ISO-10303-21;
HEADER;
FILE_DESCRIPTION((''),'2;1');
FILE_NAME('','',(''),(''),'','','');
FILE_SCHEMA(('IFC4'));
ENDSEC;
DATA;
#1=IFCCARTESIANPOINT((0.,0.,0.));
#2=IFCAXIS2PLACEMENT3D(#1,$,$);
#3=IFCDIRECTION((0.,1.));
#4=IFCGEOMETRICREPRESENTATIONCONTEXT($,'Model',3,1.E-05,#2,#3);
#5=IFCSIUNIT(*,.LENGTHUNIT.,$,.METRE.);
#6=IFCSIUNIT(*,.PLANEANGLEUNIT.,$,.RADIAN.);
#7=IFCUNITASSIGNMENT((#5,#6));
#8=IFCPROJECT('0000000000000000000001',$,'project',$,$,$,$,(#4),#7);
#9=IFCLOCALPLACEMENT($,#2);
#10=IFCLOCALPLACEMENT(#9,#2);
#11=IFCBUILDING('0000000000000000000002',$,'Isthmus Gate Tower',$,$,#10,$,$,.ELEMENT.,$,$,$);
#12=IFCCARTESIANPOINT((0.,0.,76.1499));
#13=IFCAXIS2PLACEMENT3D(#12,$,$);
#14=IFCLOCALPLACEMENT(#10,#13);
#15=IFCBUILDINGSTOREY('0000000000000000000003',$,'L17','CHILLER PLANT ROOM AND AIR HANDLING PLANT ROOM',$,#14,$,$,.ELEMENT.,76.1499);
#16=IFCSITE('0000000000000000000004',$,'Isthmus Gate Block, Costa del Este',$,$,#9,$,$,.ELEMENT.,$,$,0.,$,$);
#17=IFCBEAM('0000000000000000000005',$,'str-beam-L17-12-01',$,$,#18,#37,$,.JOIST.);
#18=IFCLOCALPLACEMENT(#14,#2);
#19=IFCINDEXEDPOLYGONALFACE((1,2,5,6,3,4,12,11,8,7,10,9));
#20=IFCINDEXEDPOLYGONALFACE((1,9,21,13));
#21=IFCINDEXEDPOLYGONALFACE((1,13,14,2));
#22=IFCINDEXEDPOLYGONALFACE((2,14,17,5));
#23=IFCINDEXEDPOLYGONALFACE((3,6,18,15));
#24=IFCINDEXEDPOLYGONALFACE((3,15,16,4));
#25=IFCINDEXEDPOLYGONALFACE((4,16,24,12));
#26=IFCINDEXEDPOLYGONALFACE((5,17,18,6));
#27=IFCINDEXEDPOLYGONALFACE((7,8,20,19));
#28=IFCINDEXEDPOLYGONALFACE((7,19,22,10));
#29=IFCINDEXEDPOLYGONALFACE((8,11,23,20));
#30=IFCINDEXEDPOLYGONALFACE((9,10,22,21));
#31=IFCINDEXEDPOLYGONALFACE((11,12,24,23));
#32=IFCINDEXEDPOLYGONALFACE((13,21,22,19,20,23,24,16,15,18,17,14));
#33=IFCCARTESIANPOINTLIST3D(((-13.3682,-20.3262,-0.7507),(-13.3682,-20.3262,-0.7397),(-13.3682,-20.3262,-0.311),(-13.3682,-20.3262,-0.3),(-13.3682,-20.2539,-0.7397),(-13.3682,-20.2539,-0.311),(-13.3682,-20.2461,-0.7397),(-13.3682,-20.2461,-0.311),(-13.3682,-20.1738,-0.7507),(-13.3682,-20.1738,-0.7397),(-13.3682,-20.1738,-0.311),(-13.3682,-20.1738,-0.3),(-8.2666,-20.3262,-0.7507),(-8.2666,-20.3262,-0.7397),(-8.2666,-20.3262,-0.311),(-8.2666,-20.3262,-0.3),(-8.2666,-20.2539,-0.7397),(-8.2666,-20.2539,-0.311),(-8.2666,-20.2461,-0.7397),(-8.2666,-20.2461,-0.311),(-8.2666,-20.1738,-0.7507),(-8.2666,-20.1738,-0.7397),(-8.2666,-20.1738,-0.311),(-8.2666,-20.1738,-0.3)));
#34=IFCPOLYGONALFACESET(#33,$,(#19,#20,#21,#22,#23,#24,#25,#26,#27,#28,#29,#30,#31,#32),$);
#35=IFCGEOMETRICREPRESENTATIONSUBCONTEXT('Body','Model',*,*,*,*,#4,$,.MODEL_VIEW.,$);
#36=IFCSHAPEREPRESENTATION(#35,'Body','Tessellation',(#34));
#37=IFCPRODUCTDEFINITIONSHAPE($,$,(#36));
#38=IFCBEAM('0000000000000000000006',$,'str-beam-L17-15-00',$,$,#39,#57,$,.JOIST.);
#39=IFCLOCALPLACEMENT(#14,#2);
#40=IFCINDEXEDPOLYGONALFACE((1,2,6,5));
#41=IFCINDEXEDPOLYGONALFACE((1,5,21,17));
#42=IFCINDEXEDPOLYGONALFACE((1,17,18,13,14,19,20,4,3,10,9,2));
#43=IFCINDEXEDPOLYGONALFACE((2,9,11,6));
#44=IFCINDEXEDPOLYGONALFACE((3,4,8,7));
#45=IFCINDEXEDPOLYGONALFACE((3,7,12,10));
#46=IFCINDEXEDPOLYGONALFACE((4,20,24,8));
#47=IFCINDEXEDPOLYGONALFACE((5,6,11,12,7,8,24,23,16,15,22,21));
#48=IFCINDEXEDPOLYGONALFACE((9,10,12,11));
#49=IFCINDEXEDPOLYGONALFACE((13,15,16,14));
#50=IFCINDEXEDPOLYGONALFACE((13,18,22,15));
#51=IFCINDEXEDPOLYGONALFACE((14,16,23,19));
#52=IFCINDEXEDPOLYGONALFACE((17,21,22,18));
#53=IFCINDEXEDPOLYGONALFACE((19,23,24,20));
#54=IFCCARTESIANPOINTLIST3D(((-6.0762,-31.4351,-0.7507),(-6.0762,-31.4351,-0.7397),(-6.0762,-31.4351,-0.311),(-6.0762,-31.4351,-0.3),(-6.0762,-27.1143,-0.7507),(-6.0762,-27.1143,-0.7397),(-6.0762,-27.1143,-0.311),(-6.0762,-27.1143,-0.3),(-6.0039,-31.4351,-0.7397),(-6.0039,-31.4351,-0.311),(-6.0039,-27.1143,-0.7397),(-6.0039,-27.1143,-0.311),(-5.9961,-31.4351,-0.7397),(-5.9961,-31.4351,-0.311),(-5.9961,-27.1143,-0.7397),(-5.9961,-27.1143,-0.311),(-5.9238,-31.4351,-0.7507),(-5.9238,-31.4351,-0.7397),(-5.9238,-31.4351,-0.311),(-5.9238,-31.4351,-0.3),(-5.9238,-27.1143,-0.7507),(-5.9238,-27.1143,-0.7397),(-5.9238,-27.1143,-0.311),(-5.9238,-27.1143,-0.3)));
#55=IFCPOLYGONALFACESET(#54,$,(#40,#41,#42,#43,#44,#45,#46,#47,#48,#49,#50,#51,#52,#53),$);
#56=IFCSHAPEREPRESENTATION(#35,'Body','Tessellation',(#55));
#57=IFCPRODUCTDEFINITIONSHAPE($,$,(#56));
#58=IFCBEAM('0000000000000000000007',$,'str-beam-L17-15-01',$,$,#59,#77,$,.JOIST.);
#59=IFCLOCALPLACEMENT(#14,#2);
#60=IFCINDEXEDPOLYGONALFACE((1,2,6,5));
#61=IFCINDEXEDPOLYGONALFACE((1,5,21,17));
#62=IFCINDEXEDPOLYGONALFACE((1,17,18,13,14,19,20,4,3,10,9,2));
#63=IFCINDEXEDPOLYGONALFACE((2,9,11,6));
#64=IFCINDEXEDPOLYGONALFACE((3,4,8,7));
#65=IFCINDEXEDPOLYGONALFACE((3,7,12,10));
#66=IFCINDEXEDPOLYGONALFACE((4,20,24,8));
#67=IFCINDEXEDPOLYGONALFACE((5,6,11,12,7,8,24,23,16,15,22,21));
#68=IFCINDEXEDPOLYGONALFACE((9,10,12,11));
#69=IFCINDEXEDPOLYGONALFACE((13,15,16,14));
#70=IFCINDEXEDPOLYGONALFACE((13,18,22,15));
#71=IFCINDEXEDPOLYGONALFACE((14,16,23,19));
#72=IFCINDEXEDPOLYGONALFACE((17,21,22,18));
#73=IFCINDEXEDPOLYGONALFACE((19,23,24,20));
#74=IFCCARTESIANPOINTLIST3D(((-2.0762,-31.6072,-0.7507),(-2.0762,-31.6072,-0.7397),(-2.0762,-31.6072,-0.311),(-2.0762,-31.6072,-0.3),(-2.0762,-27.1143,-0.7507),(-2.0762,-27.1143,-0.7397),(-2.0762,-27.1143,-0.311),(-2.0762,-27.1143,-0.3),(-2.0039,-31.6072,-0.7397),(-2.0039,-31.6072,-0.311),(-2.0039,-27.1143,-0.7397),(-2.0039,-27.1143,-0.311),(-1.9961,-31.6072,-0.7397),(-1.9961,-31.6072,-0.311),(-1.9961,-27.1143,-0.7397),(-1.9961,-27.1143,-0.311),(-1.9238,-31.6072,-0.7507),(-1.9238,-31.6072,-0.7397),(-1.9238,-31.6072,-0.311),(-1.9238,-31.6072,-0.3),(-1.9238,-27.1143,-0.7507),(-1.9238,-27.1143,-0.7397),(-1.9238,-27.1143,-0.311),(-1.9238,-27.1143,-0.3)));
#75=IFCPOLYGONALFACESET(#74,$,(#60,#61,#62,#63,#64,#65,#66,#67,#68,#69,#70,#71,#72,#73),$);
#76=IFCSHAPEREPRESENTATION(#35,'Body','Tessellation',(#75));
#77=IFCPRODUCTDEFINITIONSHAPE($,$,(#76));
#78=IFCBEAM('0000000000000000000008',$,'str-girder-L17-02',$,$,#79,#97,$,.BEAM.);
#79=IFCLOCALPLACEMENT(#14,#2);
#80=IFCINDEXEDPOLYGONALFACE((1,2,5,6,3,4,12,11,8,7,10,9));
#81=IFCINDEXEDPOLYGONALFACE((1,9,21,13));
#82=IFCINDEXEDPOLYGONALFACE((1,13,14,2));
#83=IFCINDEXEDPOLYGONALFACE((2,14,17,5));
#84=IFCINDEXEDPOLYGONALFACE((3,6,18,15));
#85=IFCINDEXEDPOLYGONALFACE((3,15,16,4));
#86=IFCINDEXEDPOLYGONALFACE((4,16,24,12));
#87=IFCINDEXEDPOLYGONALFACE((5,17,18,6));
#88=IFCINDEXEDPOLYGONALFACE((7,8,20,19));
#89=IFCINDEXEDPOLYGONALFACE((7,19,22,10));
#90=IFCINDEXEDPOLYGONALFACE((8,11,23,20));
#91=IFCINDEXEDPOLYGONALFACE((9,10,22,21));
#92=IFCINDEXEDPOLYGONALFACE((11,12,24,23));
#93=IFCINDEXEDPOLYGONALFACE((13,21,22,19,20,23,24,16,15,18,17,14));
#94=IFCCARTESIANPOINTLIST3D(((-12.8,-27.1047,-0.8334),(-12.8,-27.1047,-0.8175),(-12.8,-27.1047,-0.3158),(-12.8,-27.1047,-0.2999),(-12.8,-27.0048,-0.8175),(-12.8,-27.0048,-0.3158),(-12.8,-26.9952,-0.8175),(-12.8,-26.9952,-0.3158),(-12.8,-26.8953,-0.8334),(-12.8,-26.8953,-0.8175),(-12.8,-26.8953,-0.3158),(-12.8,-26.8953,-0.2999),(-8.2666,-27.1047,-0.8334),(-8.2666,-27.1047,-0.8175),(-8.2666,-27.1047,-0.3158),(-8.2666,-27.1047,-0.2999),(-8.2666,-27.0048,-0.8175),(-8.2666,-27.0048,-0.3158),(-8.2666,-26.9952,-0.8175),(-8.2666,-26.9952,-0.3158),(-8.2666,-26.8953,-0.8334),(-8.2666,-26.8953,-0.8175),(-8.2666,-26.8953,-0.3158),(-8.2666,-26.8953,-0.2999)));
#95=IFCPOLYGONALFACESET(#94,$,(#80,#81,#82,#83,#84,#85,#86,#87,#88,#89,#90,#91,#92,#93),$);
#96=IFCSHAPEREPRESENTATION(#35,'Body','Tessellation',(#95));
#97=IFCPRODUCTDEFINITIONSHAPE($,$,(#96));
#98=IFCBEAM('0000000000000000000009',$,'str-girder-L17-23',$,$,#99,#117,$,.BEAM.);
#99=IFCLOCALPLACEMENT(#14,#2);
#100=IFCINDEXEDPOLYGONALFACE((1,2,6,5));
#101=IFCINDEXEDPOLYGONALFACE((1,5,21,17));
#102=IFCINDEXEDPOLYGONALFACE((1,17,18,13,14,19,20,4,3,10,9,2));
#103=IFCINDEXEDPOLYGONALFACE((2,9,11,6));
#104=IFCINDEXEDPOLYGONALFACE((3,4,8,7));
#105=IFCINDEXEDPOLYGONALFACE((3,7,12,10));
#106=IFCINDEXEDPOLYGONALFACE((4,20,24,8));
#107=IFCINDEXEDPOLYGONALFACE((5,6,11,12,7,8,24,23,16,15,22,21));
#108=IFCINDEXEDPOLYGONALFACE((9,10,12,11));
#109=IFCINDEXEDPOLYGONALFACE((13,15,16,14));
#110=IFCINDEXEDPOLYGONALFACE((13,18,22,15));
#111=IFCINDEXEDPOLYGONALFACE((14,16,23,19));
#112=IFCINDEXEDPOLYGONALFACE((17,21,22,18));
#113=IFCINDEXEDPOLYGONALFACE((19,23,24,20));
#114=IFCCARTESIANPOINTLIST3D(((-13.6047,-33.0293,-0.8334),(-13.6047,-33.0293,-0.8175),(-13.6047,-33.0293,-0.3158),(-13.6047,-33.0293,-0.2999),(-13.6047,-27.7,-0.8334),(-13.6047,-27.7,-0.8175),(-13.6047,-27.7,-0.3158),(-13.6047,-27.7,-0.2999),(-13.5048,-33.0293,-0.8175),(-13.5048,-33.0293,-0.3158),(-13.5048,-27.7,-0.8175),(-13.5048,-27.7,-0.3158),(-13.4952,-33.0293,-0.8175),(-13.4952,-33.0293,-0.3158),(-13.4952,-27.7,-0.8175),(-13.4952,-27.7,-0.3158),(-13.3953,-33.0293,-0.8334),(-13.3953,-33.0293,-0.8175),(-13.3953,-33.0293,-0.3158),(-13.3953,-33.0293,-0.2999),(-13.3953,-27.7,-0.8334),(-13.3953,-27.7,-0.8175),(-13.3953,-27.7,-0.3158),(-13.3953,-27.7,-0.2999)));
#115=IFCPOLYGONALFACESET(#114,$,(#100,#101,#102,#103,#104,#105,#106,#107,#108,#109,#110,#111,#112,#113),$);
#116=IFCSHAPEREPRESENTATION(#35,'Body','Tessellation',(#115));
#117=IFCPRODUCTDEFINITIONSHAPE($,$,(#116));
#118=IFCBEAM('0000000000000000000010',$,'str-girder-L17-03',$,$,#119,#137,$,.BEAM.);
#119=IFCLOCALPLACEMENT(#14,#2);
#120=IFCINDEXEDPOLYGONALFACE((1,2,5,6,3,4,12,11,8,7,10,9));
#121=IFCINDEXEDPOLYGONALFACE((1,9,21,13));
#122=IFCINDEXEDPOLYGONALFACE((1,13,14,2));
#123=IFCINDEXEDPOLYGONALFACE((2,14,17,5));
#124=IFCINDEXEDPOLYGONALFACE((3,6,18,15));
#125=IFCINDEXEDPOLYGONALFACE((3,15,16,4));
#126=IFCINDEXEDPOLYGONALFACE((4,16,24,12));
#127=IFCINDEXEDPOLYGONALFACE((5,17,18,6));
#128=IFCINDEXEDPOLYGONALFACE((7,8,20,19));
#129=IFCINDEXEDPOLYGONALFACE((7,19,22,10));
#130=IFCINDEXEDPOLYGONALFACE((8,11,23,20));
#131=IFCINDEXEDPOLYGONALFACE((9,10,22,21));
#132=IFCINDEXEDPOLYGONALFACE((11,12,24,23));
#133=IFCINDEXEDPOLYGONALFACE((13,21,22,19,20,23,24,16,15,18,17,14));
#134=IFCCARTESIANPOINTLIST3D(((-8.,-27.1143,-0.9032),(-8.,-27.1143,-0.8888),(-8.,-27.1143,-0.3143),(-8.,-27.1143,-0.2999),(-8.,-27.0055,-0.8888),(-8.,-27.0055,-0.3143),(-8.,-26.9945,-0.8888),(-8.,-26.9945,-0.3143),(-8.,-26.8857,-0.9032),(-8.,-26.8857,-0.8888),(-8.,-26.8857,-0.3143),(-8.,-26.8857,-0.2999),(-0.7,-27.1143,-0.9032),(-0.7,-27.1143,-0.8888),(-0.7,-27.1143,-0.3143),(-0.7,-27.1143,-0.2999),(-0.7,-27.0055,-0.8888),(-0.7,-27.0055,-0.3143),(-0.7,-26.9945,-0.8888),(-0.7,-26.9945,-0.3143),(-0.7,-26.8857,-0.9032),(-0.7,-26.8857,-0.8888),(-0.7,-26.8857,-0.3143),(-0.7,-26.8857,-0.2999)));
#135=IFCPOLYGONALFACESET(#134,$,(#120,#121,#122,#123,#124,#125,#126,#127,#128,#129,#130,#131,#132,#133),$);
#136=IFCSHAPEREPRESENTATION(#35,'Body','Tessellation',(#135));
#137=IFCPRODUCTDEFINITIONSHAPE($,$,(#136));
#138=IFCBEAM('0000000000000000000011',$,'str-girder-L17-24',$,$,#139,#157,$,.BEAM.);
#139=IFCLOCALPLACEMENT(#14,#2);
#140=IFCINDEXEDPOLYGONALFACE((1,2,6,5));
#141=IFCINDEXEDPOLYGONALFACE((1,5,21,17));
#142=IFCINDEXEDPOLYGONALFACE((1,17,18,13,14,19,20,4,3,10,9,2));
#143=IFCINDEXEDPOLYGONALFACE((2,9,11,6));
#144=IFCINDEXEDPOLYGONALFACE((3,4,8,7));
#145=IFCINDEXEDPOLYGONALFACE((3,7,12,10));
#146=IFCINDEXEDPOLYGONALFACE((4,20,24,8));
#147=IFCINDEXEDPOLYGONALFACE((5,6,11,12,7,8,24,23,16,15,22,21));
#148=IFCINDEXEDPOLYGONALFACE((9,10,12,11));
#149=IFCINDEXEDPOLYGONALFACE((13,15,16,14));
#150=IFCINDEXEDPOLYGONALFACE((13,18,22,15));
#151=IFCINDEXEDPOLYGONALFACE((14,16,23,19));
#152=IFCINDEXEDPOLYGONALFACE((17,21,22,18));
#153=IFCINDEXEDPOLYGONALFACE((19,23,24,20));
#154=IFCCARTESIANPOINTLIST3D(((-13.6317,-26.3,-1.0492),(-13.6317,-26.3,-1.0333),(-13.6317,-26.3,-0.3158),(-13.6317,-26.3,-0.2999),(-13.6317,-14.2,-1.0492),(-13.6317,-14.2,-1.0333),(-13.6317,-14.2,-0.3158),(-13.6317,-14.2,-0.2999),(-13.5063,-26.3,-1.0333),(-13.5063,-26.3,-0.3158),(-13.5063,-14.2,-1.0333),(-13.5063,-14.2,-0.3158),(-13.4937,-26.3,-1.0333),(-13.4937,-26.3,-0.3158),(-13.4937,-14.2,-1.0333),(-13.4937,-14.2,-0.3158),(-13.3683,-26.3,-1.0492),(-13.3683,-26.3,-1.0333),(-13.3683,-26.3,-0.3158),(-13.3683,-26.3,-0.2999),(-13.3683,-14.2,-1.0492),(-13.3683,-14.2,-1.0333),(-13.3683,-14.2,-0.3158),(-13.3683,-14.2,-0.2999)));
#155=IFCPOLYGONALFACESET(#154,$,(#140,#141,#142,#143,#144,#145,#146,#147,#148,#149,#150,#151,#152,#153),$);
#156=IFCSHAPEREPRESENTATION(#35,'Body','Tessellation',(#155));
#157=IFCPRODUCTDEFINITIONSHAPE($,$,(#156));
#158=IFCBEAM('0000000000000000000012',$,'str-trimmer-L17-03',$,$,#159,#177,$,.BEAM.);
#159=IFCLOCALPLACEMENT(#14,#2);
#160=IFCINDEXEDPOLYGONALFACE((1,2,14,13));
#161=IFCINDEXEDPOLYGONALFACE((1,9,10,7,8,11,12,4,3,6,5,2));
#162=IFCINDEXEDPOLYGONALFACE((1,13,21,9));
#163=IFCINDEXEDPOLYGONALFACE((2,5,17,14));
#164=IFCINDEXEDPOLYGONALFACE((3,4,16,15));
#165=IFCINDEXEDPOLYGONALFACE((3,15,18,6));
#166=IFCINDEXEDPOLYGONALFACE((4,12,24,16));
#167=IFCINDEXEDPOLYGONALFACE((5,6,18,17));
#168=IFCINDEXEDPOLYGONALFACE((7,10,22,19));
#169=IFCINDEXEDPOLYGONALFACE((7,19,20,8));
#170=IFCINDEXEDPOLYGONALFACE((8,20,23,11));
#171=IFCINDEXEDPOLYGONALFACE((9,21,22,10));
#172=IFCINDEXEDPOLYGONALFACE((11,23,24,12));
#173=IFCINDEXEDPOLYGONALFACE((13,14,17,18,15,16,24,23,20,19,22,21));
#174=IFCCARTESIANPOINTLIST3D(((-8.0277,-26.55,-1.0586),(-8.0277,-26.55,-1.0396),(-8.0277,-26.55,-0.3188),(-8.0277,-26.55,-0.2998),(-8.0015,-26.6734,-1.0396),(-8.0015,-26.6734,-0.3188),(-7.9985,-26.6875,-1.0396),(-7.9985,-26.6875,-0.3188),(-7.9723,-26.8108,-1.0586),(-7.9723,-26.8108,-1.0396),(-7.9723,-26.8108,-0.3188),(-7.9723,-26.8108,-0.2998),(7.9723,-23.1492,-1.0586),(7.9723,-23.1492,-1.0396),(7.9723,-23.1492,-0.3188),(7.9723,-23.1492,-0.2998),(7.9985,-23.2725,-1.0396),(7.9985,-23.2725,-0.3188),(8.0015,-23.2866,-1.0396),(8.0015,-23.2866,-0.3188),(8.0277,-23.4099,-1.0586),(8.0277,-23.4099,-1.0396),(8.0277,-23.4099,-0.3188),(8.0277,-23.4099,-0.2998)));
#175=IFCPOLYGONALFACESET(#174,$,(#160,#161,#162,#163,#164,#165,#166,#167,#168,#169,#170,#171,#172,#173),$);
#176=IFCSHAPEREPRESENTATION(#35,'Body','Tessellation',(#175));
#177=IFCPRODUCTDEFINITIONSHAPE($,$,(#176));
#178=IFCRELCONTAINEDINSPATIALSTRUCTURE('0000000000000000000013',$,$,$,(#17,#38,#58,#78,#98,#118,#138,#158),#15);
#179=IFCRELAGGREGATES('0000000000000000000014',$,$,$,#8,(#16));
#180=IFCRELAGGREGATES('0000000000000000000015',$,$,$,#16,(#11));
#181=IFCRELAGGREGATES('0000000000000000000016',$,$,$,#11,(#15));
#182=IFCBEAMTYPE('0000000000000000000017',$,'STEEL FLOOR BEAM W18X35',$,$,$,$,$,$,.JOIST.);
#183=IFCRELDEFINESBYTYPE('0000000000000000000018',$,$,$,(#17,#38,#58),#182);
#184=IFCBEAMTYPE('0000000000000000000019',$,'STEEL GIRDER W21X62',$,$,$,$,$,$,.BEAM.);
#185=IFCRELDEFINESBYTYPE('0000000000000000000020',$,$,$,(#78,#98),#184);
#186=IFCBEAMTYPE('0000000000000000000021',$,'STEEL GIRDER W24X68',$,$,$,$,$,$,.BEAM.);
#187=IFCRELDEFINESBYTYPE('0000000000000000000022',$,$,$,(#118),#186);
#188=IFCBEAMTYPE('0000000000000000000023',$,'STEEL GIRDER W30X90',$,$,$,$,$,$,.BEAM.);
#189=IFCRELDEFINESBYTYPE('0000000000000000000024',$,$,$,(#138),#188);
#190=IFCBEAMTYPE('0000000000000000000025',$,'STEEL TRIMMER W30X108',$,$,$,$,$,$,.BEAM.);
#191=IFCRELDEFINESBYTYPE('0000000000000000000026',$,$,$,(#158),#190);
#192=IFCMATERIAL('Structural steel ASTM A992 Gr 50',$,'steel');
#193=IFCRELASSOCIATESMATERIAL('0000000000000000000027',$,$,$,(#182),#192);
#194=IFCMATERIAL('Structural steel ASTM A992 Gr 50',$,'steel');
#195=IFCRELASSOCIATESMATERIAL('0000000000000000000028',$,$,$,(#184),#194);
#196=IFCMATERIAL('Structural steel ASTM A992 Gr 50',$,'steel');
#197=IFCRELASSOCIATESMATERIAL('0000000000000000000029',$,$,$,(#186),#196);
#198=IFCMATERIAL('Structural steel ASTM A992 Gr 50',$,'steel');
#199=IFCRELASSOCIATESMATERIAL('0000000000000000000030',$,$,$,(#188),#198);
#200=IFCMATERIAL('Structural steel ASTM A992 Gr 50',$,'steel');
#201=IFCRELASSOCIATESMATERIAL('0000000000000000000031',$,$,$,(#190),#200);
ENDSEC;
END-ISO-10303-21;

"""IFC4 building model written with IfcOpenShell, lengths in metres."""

from ifc_helpers import new_model, si_unit, direction, frame, origin, origin_2d, place, context, subcontext, project, spatial, i_section, extrude, material, material_profile, profile_set, type_object, element, save


model = new_model("IFC4")

# Units and contexts
model_context = context("Model", 3, precision=1e-05, world=origin(), true_north=direction((0.0, 1.0)))
body_context = subcontext(model_context, "Body", "Model", "MODEL_VIEW")
ifc_project = project(units=[si_unit("LENGTHUNIT", "METRE"), si_unit("PLANEANGLEUNIT", "RADIAN")], contexts=[model_context])

# Site, building, storey
site_placement = place(None, origin())
site = spatial("IfcSite", under=ifc_project, at=site_placement, Name="Isthmus Gate Block, Costa del Este", CompositionType="ELEMENT", RefElevation=0.0)
building_placement = place(site_placement, origin())
building = spatial("IfcBuilding", under=site, at=building_placement, Name="Isthmus Gate Tower", CompositionType="ELEMENT")
storey_placement = place(building_placement, frame((0.0, 0.0, 76.1499)))
storey = spatial("IfcBuildingStorey", under=building, at=storey_placement, Name="L17", Description="CHILLER PLANT ROOM AND AIR HANDLING PLANT ROOM", CompositionType="ELEMENT", Elevation=76.1499)

# Beams
ifc_material_1 = material(Name="Structural steel ASTM A992 Gr 50", Category="steel")
ifc_material_profile_1 = material_profile(ifc_material_1, i_section(OverallWidth=0.1523, OverallDepth=0.4507, WebThickness=0.0078, FlangeThickness=0.011, at=origin_2d()), Name="W18X35")
ifc_profile_set_1 = profile_set([ifc_material_profile_1], Name="Structural steel ASTM A992 Gr 50")
beam_type_1 = type_object("IfcBeamType", Name="STEEL FLOOR BEAM W18X35", PredefinedType="JOIST", material=ifc_profile_set_1)
for number, where, z_axis, x_axis, name in (
    (1, (-13.3682, -20.25, -0.5254), (1.0, 0.0, 0.0), (0.0, 1.0, 0.0), "str-beam-L17-12-01"),
):
    element("IfcBeam", number, at=place(storey_placement, frame(where, z_axis=z_axis, x_axis=x_axis)), inside=storey, type_object=beam_type_1, Name=name, PredefinedType="JOIST", context=body_context, shape_type="SweptSolid", body=[
        extrude(i_section(OverallWidth=0.1523, OverallDepth=0.4507, WebThickness=0.0078, FlangeThickness=0.011, at=origin_2d()), origin(), (0.0, 0.0, 1.0), 5.1016),
    ])
beam_1_placement = place(storey_placement, frame((-6.0, -31.4351, -0.5254), z_axis=(0.0, 1.0, 0.0), x_axis=(-1.0, 0.0, 0.0)))
element("IfcBeam", 2, at=beam_1_placement, inside=storey, type_object=beam_type_1, Name="str-beam-L17-15-00", PredefinedType="JOIST", context=body_context, shape_type="SweptSolid", body=[
    extrude(i_section(OverallWidth=0.1523, OverallDepth=0.4507, WebThickness=0.0078, FlangeThickness=0.011, at=origin_2d()), origin(), (0.0, 0.0, 1.0), 4.3208),
])
beam_2_placement = place(storey_placement, frame((-2.0, -31.6072, -0.5254), z_axis=(0.0, 1.0, 0.0), x_axis=(-1.0, 0.0, 0.0)))
element("IfcBeam", 3, at=beam_2_placement, inside=storey, type_object=beam_type_1, Name="str-beam-L17-15-01", PredefinedType="JOIST", context=body_context, shape_type="SweptSolid", body=[
    extrude(i_section(OverallWidth=0.1523, OverallDepth=0.4507, WebThickness=0.0078, FlangeThickness=0.011, at=origin_2d()), origin(), (0.0, 0.0, 1.0), 4.4929),
])
ifc_material_2 = material(Name="Structural steel ASTM A992 Gr 50", Category="steel")
ifc_material_profile_2 = material_profile(ifc_material_2, i_section(OverallWidth=0.2095, OverallDepth=0.5334, WebThickness=0.0095, FlangeThickness=0.0159, at=origin_2d()), Name="W21X62")
ifc_profile_set_2 = profile_set([ifc_material_profile_2], Name="Structural steel ASTM A992 Gr 50")
beam_type_2 = type_object("IfcBeamType", Name="STEEL GIRDER W21X62", PredefinedType="BEAM", material=ifc_profile_set_2)
beam_3_placement = place(storey_placement, frame((-12.8, -27.0, -0.5667), z_axis=(1.0, 0.0, 0.0), x_axis=(0.0, 1.0, 0.0)))
element("IfcBeam", 4, at=beam_3_placement, inside=storey, type_object=beam_type_2, Name="str-girder-L17-02", PredefinedType="BEAM", context=body_context, shape_type="SweptSolid", body=[
    extrude(i_section(OverallWidth=0.2095, OverallDepth=0.5334, WebThickness=0.0095, FlangeThickness=0.0159, at=origin_2d()), origin(), (0.0, 0.0, 1.0), 4.5334),
])
beam_4_placement = place(storey_placement, frame((-13.5, -33.0293, -0.5667), z_axis=(0.0, 1.0, 0.0), x_axis=(-1.0, 0.0, 0.0)))
element("IfcBeam", 5, at=beam_4_placement, inside=storey, type_object=beam_type_2, Name="str-girder-L17-23", PredefinedType="BEAM", context=body_context, shape_type="SweptSolid", body=[
    extrude(i_section(OverallWidth=0.2095, OverallDepth=0.5334, WebThickness=0.0095, FlangeThickness=0.0159, at=origin_2d()), origin(), (0.0, 0.0, 1.0), 5.3293),
])
ifc_material_3 = material(Name="Structural steel ASTM A992 Gr 50", Category="steel")
ifc_material_profile_3 = material_profile(ifc_material_3, i_section(OverallWidth=0.2285, OverallDepth=0.6033, WebThickness=0.011, FlangeThickness=0.0144, at=origin_2d()), Name="W24X68")
ifc_profile_set_3 = profile_set([ifc_material_profile_3], Name="Structural steel ASTM A992 Gr 50")
beam_type_3 = type_object("IfcBeamType", Name="STEEL GIRDER W24X68", PredefinedType="BEAM", material=ifc_profile_set_3)
beam_5_placement = place(storey_placement, frame((-8.0, -27.0, -0.6016), z_axis=(1.0, 0.0, 0.0), x_axis=(0.0, 1.0, 0.0)))
element("IfcBeam", 6, at=beam_5_placement, inside=storey, type_object=beam_type_3, Name="str-girder-L17-03", PredefinedType="BEAM", context=body_context, shape_type="SweptSolid", body=[
    extrude(i_section(OverallWidth=0.2285, OverallDepth=0.6033, WebThickness=0.011, FlangeThickness=0.0144, at=origin_2d()), origin(), (0.0, 0.0, 1.0), 7.3),
])
ifc_material_4 = material(Name="Structural steel ASTM A992 Gr 50", Category="steel")
ifc_material_profile_4 = material_profile(ifc_material_4, i_section(OverallWidth=0.2634, OverallDepth=0.7493, WebThickness=0.0127, FlangeThickness=0.0159, at=origin_2d()), Name="W30X90")
ifc_profile_set_4 = profile_set([ifc_material_profile_4], Name="Structural steel ASTM A992 Gr 50")
beam_type_4 = type_object("IfcBeamType", Name="STEEL GIRDER W30X90", PredefinedType="BEAM", material=ifc_profile_set_4)
beam_6_placement = place(storey_placement, frame((-13.5, -26.3, -0.6746), z_axis=(0.0, 1.0, 0.0), x_axis=(-1.0, 0.0, 0.0)))
element("IfcBeam", 7, at=beam_6_placement, inside=storey, type_object=beam_type_4, Name="str-girder-L17-24", PredefinedType="BEAM", context=body_context, shape_type="SweptSolid", body=[
    extrude(i_section(OverallWidth=0.2634, OverallDepth=0.7493, WebThickness=0.0127, FlangeThickness=0.0159, at=origin_2d()), origin(), (0.0, 0.0, 1.0), 12.1001),
])
ifc_material_5 = material(Name="Structural steel ASTM A992 Gr 50", Category="steel")
ifc_material_profile_5 = material_profile(ifc_material_5, i_section(OverallWidth=0.2666, OverallDepth=0.7588, WebThickness=0.0144, FlangeThickness=0.019, at=origin_2d()), Name="W30X108")
ifc_profile_set_5 = profile_set([ifc_material_profile_5], Name="Structural steel ASTM A992 Gr 50")
beam_type_5 = type_object("IfcBeamType", Name="STEEL TRIMMER W30X108", PredefinedType="BEAM", material=ifc_profile_set_5)
beam_7_placement = place(storey_placement, frame((-8.0, -26.6804, -0.6792), z_axis=(0.978148, 0.20791, 0.0), x_axis=(-0.20791, 0.978148, 0.0)))
element("IfcBeam", 8, at=beam_7_placement, inside=storey, type_object=beam_type_5, Name="str-trimmer-L17-03", PredefinedType="BEAM", context=body_context, shape_type="SweptSolid", body=[
    extrude(i_section(OverallWidth=0.2666, OverallDepth=0.7588, WebThickness=0.0144, FlangeThickness=0.019, at=origin_2d()), origin(), (0.0, 0.0, 1.0), 16.3574),
])

save(model, "model.ifc")
